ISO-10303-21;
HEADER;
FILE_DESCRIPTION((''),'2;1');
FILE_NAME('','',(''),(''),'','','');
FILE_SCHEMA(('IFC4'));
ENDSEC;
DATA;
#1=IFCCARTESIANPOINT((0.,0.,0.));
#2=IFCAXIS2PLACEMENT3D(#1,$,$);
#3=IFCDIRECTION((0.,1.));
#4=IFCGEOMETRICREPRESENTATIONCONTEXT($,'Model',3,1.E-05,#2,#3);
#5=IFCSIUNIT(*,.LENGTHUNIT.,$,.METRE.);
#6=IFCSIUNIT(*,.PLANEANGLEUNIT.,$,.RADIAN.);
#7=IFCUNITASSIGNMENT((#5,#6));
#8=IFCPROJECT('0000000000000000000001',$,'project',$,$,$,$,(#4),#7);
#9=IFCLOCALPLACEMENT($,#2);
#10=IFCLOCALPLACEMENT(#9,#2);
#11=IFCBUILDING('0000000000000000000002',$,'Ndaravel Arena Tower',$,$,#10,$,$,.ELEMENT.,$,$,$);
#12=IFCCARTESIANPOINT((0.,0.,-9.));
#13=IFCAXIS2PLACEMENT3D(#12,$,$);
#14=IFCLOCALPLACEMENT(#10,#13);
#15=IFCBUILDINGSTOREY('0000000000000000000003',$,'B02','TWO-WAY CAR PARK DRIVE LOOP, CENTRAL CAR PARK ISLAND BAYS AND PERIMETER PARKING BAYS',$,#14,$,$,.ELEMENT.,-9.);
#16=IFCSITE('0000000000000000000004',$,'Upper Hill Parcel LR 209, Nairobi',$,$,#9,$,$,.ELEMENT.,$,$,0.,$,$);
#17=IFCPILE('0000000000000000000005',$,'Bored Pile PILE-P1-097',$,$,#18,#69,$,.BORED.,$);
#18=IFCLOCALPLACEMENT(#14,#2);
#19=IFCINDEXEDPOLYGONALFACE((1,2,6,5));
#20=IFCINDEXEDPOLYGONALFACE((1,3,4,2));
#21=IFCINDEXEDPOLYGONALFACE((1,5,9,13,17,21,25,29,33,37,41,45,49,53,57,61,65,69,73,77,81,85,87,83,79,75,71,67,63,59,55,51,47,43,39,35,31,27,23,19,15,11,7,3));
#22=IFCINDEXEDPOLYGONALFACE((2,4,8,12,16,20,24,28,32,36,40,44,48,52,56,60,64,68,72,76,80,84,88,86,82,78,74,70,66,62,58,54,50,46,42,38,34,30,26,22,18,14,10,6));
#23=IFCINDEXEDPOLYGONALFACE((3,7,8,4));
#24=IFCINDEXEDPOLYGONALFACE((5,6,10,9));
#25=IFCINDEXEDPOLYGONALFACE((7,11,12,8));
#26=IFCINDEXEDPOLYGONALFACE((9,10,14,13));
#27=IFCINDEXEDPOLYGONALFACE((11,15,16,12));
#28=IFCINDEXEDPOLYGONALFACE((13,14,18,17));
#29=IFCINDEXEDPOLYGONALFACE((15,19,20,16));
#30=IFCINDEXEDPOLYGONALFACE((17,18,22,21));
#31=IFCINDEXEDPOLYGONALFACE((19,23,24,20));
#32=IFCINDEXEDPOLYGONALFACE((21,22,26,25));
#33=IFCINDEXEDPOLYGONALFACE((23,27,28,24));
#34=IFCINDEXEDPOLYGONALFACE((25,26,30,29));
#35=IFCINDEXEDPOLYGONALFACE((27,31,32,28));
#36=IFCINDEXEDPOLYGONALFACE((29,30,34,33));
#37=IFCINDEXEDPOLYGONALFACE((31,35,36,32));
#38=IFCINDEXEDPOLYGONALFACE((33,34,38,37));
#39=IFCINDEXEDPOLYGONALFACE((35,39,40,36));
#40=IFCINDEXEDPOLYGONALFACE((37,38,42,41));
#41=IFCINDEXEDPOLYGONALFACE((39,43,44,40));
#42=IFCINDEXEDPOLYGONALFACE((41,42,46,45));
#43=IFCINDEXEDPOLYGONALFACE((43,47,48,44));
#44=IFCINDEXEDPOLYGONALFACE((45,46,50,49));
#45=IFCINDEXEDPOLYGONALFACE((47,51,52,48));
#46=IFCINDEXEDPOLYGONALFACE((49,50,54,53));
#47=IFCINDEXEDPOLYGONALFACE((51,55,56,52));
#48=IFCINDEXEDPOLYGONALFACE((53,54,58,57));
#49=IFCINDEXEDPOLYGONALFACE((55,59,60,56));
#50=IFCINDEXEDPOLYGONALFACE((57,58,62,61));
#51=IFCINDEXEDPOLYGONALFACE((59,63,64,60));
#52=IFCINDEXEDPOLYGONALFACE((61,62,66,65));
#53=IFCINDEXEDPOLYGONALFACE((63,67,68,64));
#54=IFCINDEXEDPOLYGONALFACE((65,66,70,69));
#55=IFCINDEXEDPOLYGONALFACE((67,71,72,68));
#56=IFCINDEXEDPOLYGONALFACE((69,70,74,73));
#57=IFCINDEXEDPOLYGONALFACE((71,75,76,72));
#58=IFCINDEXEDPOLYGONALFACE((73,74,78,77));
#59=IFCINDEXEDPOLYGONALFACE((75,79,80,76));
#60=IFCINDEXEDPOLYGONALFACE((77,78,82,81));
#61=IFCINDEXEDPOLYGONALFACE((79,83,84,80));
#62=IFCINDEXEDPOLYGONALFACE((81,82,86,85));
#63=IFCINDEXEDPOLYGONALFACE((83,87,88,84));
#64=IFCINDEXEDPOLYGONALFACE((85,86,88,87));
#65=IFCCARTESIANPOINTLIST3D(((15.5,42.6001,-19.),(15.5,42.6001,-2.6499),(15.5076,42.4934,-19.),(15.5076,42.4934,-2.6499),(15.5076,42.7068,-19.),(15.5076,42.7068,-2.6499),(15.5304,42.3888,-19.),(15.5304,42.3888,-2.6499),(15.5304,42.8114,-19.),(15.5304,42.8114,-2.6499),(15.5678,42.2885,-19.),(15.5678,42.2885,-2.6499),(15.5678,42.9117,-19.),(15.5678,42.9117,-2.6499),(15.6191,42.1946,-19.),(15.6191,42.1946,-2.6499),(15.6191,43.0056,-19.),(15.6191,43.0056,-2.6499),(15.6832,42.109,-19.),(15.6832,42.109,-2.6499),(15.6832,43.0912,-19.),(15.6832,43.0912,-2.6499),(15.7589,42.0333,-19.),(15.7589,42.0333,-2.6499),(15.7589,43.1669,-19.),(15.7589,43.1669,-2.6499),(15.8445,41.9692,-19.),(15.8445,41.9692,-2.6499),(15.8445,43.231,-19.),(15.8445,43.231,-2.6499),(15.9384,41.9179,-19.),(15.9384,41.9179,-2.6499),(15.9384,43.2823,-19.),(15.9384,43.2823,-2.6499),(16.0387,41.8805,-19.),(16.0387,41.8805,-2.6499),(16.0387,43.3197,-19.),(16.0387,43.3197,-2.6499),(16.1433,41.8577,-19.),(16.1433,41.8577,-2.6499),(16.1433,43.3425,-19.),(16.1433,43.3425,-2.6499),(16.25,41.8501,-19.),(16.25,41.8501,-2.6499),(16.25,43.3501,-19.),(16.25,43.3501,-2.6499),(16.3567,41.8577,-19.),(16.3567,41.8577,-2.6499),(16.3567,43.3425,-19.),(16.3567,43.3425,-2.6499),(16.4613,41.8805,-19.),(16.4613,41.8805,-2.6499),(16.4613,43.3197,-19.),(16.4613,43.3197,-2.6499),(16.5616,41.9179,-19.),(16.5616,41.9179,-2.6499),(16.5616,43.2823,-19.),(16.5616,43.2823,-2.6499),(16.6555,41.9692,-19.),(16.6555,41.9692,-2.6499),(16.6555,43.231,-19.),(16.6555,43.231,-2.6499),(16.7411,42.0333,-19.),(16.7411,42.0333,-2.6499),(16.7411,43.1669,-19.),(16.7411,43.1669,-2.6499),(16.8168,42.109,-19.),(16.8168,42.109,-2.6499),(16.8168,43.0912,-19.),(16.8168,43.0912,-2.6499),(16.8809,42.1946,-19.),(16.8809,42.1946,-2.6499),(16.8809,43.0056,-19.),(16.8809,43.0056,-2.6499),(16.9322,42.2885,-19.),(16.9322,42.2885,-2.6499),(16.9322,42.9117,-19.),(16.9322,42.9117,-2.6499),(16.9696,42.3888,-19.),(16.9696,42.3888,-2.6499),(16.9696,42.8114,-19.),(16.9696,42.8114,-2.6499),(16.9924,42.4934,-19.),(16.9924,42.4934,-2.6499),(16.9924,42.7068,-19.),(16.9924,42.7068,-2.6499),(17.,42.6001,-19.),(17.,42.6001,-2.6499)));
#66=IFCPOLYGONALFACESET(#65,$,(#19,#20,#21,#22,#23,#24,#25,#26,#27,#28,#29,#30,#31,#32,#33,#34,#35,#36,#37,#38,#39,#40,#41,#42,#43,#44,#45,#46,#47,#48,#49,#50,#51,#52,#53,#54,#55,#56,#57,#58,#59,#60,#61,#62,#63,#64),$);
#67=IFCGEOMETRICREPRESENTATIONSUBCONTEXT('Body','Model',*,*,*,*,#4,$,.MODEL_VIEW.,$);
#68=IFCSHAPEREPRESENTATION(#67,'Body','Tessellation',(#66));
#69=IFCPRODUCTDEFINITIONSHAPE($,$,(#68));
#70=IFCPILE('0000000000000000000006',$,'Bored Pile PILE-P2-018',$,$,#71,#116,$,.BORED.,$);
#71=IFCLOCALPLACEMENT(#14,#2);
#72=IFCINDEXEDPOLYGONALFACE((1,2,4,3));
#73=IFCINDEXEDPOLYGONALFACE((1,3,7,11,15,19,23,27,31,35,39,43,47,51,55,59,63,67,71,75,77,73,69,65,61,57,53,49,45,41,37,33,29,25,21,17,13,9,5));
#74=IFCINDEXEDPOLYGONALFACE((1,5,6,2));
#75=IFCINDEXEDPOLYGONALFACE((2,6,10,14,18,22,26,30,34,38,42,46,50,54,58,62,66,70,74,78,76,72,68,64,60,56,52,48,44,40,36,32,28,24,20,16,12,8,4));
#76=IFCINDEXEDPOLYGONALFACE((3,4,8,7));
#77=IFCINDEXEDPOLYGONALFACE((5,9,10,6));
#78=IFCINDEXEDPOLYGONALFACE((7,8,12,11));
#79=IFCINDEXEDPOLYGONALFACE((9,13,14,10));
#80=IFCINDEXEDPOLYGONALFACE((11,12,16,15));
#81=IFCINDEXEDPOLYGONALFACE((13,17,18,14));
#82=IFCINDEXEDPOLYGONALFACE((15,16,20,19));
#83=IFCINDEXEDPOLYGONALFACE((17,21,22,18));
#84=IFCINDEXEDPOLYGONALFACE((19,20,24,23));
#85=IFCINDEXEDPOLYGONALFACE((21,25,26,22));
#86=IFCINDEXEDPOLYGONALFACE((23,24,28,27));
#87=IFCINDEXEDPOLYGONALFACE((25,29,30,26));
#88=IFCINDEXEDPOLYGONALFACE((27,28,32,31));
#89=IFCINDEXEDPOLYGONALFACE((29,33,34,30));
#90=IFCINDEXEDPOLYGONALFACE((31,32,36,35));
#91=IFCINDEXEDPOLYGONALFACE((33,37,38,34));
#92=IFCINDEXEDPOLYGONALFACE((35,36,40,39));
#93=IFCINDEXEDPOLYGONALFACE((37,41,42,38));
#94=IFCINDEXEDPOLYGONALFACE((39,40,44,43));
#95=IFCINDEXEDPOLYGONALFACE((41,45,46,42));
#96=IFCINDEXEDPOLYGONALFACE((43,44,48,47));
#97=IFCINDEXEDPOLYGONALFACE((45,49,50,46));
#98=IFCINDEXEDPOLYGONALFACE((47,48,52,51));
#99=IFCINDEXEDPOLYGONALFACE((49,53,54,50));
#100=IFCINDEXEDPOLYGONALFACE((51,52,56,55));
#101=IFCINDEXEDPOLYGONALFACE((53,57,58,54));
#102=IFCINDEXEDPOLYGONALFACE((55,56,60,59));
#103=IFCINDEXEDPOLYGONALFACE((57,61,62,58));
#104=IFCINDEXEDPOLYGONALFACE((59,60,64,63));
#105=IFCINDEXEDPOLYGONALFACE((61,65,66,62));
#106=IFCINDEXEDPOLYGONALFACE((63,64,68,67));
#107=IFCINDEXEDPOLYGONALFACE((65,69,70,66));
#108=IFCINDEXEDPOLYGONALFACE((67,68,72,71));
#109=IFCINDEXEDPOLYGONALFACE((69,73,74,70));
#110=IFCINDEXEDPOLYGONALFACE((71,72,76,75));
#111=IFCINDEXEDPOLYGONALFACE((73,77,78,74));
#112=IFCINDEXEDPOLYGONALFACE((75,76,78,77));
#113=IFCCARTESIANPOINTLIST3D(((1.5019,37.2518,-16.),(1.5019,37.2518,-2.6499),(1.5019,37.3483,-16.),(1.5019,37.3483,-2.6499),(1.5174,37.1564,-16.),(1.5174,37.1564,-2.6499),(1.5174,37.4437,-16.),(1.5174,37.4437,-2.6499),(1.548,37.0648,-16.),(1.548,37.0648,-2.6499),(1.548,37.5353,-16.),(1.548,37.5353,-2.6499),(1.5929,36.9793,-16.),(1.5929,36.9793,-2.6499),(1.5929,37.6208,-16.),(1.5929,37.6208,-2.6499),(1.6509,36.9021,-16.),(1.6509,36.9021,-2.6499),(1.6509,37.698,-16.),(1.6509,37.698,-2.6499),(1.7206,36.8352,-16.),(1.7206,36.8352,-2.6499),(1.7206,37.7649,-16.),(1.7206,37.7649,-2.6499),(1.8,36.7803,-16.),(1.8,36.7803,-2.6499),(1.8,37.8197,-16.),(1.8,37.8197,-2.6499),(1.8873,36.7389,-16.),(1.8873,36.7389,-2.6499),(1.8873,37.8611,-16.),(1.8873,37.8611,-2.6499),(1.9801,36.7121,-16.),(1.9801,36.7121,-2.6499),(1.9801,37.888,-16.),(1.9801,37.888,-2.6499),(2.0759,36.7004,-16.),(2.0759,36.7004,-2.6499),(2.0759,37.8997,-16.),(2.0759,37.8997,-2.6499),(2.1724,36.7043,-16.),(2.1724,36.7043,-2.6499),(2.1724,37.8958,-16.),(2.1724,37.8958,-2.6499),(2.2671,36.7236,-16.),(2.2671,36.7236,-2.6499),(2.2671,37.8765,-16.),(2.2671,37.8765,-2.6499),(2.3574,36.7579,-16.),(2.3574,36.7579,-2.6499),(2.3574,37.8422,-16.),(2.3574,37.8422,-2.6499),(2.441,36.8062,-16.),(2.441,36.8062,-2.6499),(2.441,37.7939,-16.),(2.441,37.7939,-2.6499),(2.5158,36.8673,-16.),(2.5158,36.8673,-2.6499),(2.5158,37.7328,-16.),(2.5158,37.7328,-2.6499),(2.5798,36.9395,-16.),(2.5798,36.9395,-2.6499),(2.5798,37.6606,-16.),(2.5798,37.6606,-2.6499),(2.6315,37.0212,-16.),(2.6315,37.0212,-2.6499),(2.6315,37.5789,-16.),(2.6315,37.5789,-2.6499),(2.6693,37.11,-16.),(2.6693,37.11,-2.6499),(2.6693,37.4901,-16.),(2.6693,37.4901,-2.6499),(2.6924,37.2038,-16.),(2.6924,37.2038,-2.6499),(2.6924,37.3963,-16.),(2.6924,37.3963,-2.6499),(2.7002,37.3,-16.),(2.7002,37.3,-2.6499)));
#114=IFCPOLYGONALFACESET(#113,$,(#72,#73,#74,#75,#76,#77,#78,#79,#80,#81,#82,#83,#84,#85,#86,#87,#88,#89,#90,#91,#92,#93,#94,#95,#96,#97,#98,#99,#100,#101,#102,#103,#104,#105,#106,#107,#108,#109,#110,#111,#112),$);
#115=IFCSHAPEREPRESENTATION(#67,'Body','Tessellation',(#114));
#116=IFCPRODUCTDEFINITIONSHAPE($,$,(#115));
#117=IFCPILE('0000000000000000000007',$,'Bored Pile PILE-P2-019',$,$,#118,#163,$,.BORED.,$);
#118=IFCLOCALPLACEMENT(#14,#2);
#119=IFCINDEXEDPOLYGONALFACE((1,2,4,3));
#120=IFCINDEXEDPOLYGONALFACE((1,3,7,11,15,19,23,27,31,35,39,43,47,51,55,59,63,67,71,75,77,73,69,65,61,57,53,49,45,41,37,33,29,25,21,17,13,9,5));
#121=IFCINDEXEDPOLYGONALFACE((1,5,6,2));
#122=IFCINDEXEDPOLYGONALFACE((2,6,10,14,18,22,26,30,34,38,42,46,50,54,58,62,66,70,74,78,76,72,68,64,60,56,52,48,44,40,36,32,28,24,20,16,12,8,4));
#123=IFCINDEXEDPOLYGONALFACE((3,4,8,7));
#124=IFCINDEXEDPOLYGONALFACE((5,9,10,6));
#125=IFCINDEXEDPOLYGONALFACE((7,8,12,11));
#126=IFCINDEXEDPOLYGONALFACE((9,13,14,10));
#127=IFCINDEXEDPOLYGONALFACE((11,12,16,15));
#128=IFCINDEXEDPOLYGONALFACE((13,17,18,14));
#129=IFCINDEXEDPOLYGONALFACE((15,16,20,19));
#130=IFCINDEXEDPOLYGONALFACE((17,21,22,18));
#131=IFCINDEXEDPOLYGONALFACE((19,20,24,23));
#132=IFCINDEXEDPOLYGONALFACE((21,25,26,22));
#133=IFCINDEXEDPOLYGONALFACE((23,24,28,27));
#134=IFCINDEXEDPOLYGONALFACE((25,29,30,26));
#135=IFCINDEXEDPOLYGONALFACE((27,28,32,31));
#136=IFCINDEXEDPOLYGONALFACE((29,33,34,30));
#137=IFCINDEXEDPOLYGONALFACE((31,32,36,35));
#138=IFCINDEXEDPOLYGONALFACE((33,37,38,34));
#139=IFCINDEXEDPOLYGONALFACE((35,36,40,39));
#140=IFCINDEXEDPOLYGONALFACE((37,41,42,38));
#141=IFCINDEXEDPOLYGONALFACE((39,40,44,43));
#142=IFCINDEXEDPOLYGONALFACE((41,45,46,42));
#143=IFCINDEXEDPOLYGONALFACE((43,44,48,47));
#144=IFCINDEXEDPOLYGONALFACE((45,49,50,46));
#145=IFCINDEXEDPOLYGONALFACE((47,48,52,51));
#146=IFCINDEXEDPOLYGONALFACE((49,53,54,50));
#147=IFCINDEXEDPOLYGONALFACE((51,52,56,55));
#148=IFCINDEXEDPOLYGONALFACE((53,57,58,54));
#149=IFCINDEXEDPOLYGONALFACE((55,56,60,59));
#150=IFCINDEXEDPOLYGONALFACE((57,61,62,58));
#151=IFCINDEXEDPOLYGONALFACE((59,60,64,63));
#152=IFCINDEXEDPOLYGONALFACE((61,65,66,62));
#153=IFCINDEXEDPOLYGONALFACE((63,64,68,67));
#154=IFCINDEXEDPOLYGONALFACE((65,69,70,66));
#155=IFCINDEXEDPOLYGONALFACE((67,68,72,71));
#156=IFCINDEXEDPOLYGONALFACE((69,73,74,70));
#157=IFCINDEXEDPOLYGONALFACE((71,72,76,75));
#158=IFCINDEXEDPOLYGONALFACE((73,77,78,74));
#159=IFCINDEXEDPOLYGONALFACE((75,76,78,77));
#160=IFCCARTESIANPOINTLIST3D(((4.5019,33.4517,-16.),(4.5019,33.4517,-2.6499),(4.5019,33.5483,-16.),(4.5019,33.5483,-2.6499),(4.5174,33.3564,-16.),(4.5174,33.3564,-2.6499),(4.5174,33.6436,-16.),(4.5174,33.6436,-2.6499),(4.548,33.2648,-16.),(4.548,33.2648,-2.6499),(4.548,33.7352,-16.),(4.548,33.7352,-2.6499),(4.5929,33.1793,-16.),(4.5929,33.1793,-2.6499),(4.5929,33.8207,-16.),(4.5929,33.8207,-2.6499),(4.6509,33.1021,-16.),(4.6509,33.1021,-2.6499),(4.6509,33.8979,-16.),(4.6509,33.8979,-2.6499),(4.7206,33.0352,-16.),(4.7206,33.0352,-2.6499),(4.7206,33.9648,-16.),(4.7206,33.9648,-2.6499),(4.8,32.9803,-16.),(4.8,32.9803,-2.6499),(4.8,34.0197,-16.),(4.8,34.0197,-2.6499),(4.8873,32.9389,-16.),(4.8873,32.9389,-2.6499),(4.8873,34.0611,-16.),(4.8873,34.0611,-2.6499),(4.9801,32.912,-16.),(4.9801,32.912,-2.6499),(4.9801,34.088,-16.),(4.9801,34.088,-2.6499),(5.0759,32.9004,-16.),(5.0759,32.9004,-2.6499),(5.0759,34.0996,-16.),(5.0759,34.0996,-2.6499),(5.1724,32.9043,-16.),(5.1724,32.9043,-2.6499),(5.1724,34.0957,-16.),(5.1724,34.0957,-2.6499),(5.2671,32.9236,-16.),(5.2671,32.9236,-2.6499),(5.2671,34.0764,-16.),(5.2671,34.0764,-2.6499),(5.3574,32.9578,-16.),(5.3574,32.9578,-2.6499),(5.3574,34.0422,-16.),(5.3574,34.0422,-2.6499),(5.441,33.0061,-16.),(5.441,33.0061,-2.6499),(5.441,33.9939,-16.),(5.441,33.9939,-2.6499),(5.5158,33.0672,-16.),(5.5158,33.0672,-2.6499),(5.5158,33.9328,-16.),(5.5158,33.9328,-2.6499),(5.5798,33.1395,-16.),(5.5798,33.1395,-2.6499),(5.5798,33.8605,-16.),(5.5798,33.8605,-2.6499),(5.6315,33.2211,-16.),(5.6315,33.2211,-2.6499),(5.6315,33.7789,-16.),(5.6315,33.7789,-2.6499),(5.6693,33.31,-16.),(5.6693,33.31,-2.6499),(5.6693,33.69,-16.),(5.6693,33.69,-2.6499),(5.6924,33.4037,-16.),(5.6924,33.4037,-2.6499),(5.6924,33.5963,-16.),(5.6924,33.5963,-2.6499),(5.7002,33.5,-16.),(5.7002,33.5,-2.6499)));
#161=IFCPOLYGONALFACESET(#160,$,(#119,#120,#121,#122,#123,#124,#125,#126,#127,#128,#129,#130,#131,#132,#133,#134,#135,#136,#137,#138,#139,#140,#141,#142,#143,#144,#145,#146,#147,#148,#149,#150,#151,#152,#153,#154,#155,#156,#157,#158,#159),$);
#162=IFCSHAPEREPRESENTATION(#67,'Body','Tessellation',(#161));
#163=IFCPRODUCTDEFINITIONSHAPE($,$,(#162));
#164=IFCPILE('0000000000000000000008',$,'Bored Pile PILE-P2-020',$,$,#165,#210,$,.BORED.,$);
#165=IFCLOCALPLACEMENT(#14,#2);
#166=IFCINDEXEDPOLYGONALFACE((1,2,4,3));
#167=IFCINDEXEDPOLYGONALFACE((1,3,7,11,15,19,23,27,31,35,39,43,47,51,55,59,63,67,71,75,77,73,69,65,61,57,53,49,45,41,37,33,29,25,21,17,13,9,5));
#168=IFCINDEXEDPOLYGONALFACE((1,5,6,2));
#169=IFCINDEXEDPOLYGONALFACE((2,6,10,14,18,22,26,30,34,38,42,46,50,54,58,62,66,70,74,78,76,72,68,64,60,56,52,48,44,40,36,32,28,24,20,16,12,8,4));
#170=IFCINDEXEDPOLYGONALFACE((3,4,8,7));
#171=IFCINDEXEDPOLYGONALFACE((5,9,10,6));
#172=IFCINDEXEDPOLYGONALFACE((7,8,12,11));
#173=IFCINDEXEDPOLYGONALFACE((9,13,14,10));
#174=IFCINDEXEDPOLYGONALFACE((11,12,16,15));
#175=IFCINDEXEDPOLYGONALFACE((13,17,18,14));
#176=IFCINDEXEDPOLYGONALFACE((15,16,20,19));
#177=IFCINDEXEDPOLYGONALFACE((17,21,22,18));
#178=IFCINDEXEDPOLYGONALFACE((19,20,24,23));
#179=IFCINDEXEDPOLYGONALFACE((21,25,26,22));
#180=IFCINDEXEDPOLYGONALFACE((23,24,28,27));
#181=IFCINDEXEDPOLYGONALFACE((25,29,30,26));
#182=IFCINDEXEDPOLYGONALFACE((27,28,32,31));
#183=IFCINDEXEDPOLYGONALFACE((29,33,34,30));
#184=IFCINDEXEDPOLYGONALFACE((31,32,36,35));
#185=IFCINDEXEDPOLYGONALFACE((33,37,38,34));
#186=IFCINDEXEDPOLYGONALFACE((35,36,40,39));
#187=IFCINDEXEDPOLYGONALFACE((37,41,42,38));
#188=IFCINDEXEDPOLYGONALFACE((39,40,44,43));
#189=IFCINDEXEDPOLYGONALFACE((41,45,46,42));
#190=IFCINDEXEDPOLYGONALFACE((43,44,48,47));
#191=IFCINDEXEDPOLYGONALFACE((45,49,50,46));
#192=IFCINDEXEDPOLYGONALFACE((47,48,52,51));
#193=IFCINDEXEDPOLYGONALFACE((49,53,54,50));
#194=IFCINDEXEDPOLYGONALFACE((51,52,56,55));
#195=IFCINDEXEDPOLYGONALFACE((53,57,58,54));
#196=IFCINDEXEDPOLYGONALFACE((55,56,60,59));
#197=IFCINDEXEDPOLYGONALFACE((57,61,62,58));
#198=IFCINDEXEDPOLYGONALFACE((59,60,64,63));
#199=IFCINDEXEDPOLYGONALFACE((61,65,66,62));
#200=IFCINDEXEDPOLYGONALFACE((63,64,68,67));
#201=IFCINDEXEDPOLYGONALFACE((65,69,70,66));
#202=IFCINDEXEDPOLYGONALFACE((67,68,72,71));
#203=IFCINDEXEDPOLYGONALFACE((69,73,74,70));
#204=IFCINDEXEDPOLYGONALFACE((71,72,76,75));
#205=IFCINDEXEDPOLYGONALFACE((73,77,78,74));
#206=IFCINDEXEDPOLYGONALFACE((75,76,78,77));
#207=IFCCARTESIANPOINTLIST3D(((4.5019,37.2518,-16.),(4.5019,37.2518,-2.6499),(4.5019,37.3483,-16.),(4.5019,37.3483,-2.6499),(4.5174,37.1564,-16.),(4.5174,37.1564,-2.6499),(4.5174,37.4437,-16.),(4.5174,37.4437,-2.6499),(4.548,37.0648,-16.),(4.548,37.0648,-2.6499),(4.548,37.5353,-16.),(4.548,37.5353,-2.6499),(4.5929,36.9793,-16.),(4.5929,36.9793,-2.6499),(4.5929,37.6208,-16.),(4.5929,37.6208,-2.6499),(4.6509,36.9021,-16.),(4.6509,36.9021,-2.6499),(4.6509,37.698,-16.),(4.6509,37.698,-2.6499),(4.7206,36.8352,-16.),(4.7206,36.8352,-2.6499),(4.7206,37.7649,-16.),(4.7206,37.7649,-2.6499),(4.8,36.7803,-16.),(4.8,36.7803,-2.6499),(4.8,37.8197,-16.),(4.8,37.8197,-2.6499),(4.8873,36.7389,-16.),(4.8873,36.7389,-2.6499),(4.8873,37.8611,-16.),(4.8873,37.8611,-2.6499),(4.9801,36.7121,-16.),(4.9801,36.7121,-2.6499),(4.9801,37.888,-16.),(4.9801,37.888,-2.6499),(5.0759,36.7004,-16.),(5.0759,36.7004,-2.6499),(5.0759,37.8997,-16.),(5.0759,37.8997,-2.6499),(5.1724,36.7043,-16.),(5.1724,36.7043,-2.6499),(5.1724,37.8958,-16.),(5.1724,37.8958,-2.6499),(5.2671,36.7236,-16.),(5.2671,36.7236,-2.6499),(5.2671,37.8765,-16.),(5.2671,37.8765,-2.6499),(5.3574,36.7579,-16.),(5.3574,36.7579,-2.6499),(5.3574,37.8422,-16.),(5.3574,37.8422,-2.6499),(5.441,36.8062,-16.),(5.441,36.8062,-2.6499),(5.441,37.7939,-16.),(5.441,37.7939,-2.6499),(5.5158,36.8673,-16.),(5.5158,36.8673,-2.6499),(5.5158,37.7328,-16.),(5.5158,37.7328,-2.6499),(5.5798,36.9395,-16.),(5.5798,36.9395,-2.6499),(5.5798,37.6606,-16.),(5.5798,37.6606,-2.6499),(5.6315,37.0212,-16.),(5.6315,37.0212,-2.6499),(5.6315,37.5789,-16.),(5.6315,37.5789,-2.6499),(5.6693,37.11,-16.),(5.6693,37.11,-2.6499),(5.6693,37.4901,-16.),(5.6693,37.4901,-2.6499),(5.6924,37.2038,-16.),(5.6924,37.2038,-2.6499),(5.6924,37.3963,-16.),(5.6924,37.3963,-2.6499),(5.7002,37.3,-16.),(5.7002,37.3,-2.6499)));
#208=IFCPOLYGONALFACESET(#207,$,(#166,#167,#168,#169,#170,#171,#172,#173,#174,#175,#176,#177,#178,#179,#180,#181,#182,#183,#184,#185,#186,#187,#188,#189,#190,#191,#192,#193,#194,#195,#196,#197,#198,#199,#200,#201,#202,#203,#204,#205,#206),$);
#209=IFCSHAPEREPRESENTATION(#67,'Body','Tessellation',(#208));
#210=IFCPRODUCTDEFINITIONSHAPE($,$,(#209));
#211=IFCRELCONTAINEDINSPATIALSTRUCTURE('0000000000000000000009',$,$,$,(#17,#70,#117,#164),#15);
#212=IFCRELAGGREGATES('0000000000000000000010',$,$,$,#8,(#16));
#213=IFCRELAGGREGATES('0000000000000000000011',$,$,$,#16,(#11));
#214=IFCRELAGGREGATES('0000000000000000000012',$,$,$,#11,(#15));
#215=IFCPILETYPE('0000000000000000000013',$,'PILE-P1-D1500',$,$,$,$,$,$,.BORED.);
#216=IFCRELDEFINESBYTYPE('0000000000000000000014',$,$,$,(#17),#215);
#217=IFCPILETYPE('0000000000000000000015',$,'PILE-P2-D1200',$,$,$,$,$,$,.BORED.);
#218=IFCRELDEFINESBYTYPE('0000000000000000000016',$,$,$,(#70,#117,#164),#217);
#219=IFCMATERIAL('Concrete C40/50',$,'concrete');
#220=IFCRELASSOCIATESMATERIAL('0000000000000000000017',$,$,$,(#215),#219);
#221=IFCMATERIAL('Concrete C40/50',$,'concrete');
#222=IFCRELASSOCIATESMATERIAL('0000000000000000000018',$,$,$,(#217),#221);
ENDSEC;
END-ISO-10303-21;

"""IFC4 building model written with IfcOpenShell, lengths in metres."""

from ifc_helpers import new_model, si_unit, direction, frame, origin, origin_2d, place, context, subcontext, project, spatial, circle, extrude, material, material_profile, profile_set, type_object, element, save


model = new_model("IFC4")

# Units and contexts
model_context = context("Model", 3, precision=1e-05, world=origin(), true_north=direction((0.0, 1.0)))
body_context = subcontext(model_context, "Body", "Model", "MODEL_VIEW")
ifc_project = project(units=[si_unit("LENGTHUNIT", "METRE"), si_unit("PLANEANGLEUNIT", "RADIAN")], contexts=[model_context])

# Site, building, storey
site_placement = place(None, origin())
site = spatial("IfcSite", under=ifc_project, at=site_placement, Name="Upper Hill Parcel LR 209, Nairobi", CompositionType="ELEMENT", RefElevation=0.0)
building_placement = place(site_placement, origin())
building = spatial("IfcBuilding", under=site, at=building_placement, Name="Ndaravel Arena Tower", CompositionType="ELEMENT")
storey_placement = place(building_placement, frame((0.0, 0.0, -9.0)))
storey = spatial("IfcBuildingStorey", under=building, at=storey_placement, Name="B02", Description="TWO-WAY CAR PARK DRIVE LOOP, CENTRAL CAR PARK ISLAND BAYS AND PERIMETER PARKING BAYS", CompositionType="ELEMENT", Elevation=-9.0)

# Piles
ifc_material_1 = material(Name="Concrete C40/50", Category="concrete")
ifc_material_profile_1 = material_profile(ifc_material_1, circle(Radius=0.75, at=origin_2d()), Name="BORED PILE D1500")
ifc_profile_set_1 = profile_set([ifc_material_profile_1], Name="Concrete C40/50")
pile_type_1 = type_object("IfcPileType", Name="PILE-P1-D1500", PredefinedType="BORED", material=ifc_profile_set_1)
for number, where, z_axis, x_axis, name in (
    (1, (16.25, 42.6001, -2.6499), (0.0, 0.0, -1.0), (1.0, 0.0, 0.0), "Bored Pile PILE-P1-097"),
):
    element("IfcPile", number, at=place(storey_placement, frame(where, z_axis=z_axis, x_axis=x_axis)), inside=storey, type_object=pile_type_1, Name=name, PredefinedType="BORED", context=body_context, shape_type="SweptSolid", body=[
        extrude(circle(Radius=0.75, at=origin_2d()), origin(), (0.0, 0.0, 1.0), 16.3501),
    ])
ifc_material_2 = material(Name="Concrete C40/50", Category="concrete")
ifc_material_profile_2 = material_profile(ifc_material_2, circle(Radius=0.6001, at=origin_2d()), Name="BORED PILE D1200")
ifc_profile_set_2 = profile_set([ifc_material_profile_2], Name="Concrete C40/50")
pile_type_2 = type_object("IfcPileType", Name="PILE-P2-D1200", PredefinedType="BORED", material=ifc_profile_set_2)
for number, where, z_axis, x_axis, name in (
    (2, (2.1001, 37.3, -2.6499), (0.0, 0.0, -1.0), (1.0, 0.0, 0.0), "Bored Pile PILE-P2-018"),
    (3, (5.1001, 33.5, -2.6499), (0.0, 0.0, -1.0), (1.0, 0.0, 0.0), "Bored Pile PILE-P2-019"),
    (4, (5.1001, 37.3, -2.6499), (0.0, 0.0, -1.0), (1.0, 0.0, 0.0), "Bored Pile PILE-P2-020"),
):
    element("IfcPile", number, at=place(storey_placement, frame(where, z_axis=z_axis, x_axis=x_axis)), inside=storey, type_object=pile_type_2, Name=name, PredefinedType="BORED", context=body_context, shape_type="SweptSolid", body=[
        extrude(circle(Radius=0.6001, at=origin_2d()), origin(), (0.0, 0.0, 1.0), 13.3501),
    ])

save(model, "model.ifc")
